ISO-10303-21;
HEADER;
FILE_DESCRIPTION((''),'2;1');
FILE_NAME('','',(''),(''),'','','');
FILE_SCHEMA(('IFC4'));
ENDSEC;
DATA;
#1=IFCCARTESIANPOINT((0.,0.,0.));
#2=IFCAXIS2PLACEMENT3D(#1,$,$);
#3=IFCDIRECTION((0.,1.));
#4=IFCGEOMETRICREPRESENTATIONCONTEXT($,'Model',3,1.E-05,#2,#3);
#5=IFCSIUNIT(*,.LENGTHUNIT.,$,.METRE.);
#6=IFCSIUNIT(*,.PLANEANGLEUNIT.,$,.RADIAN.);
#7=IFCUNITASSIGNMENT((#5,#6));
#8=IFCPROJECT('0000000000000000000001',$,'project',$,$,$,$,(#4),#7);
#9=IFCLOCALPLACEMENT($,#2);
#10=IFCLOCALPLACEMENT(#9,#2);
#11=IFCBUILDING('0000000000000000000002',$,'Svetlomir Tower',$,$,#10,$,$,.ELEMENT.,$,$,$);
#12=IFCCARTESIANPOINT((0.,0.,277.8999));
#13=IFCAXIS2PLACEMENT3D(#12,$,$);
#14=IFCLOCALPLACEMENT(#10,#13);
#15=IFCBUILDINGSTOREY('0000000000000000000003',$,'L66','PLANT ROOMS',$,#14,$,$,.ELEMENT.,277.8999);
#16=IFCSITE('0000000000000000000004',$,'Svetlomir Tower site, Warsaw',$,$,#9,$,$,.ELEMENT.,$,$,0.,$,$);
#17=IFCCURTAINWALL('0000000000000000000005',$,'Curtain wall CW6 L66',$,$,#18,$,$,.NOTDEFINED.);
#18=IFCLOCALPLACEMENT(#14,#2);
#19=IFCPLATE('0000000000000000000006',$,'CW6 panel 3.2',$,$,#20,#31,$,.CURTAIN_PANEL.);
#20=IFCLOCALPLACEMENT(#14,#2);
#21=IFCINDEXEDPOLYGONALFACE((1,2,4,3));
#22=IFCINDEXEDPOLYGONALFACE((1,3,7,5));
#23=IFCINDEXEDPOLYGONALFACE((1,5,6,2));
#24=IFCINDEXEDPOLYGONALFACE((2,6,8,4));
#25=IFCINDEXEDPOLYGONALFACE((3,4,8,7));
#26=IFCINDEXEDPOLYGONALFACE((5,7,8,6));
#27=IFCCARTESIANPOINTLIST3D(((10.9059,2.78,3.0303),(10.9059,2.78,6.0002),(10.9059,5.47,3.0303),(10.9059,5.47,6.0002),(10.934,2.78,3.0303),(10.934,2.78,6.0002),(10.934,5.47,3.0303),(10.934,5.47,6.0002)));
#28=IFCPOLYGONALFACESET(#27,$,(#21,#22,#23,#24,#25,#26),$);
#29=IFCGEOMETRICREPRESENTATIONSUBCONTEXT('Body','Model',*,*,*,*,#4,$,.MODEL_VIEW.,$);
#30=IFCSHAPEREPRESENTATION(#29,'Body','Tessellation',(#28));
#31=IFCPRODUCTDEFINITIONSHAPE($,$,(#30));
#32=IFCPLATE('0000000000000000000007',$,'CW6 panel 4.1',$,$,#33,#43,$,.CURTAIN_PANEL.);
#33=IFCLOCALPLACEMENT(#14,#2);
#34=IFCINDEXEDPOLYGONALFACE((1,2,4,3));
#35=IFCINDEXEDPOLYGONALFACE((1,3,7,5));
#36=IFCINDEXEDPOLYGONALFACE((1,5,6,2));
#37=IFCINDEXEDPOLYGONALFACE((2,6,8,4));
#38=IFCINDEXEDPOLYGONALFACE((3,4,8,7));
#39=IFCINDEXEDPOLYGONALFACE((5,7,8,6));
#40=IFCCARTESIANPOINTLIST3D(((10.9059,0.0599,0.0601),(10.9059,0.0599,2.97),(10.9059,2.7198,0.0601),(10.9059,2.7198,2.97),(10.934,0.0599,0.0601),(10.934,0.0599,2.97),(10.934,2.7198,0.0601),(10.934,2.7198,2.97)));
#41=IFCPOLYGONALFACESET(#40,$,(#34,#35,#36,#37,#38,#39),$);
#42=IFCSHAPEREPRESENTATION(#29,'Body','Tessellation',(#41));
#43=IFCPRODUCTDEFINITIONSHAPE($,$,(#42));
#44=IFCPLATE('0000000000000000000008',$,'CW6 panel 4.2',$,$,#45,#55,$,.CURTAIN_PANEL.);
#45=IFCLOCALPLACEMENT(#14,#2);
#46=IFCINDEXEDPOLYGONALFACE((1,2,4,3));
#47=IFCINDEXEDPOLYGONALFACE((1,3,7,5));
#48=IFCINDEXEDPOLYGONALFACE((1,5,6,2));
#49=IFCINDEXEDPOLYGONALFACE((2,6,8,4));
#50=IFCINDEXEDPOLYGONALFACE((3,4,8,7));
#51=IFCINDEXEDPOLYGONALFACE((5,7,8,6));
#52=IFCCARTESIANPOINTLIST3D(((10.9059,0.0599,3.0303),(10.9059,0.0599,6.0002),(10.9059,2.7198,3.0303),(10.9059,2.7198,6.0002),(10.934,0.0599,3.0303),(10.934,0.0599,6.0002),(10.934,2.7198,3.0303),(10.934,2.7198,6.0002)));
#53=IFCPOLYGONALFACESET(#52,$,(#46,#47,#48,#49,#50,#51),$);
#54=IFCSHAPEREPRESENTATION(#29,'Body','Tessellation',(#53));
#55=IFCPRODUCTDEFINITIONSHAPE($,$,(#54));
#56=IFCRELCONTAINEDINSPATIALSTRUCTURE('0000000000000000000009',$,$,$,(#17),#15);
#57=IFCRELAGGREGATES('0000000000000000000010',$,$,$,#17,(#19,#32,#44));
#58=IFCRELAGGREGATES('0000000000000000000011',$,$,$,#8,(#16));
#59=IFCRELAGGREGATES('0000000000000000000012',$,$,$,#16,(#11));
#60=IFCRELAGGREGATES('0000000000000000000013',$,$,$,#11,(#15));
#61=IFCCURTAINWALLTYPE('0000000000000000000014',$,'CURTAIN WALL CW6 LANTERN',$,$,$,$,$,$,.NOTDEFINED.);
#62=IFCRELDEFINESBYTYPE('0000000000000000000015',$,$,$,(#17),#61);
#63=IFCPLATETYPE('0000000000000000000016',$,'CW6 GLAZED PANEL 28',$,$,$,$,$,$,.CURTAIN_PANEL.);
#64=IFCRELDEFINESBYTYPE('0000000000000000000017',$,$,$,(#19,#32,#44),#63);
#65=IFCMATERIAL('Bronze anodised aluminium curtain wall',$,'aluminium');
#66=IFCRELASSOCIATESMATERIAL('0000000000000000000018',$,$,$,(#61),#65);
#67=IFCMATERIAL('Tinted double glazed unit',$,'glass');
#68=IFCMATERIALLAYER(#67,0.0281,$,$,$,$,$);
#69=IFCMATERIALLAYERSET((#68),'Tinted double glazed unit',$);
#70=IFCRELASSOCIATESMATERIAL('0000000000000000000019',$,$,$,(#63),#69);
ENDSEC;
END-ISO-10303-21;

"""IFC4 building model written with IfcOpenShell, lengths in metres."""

from ifc_helpers import new_model, si_unit, direction, frame, origin, origin_2d, place, context, subcontext, project, spatial, rectangle, extrude, material, layer, layer_set, type_object, element, aggregate, save


model = new_model("IFC4")

# Units and contexts
model_context = context("Model", 3, precision=1e-05, world=origin(), true_north=direction((0.0, 1.0)))
body_context = subcontext(model_context, "Body", "Model", "MODEL_VIEW")
ifc_project = project(units=[si_unit("LENGTHUNIT", "METRE"), si_unit("PLANEANGLEUNIT", "RADIAN")], contexts=[model_context])

# Site, building, storey
site_placement = place(None, origin())
site = spatial("IfcSite", under=ifc_project, at=site_placement, Name="Svetlomir Tower site, Warsaw", CompositionType="ELEMENT", RefElevation=0.0)
building_placement = place(site_placement, origin())
building = spatial("IfcBuilding", under=site, at=building_placement, Name="Svetlomir Tower", CompositionType="ELEMENT")
storey_placement = place(building_placement, frame((0.0, 0.0, 277.8999)))
storey = spatial("IfcBuildingStorey", under=building, at=storey_placement, Name="L66", Description="PLANT ROOMS", CompositionType="ELEMENT", Elevation=277.8999)

# Curtain wall
ifc_material_1 = material(Name="Bronze anodised aluminium curtain wall", Category="aluminium")
curtain_wall_type = type_object("IfcCurtainWallType", Name="CURTAIN WALL CW6 LANTERN", PredefinedType="NOTDEFINED", material=ifc_material_1)
curtain_wall_1_placement = place(storey_placement, origin())
curtain_wall_1 = element("IfcCurtainWall", 1, at=curtain_wall_1_placement, inside=storey, type_object=curtain_wall_type, Name="Curtain wall CW6 L66", PredefinedType="NOTDEFINED")

# Plates
ifc_material_2 = material(Name="Tinted double glazed unit", Category="glass")
ifc_layer = layer(ifc_material_2, 0.0281)
ifc_layer_set = layer_set([ifc_layer], Name="Tinted double glazed unit")
plate_type = type_object("IfcPlateType", Name="CW6 GLAZED PANEL 28", PredefinedType="CURTAIN_PANEL", material=ifc_layer_set)
plate_1_placement = place(storey_placement, frame((10.9199, 4.125, 3.0303), z_axis=(0.0, 0.0, 1.0), x_axis=(0.0, -1.0, 0.0)))
plate_1 = element("IfcPlate", 2, at=plate_1_placement, type_object=plate_type, Name="CW6 panel 3.2", PredefinedType="CURTAIN_PANEL", context=body_context, shape_type="SweptSolid", body=[
    extrude(rectangle(XDim=2.6899, YDim=0.0281, at=origin_2d()), origin(), (0.0, 0.0, 1.0), 2.97),
])
plate_2_placement = place(storey_placement, frame((10.9199, 1.3899, 0.0601), z_axis=(0.0, 0.0, 1.0), x_axis=(0.0, -1.0, 0.0)))
plate_2 = element("IfcPlate", 3, at=plate_2_placement, type_object=plate_type, Name="CW6 panel 4.1", PredefinedType="CURTAIN_PANEL", context=body_context, shape_type="SweptSolid", body=[
    extrude(rectangle(XDim=2.6599, YDim=0.0281, at=origin_2d()), origin(), (0.0, 0.0, 1.0), 2.9099),
])
plate_3_placement = place(storey_placement, frame((10.9199, 1.3899, 3.0303), z_axis=(0.0, 0.0, 1.0), x_axis=(0.0, -1.0, 0.0)))
plate_3 = element("IfcPlate", 4, at=plate_3_placement, type_object=plate_type, Name="CW6 panel 4.2", PredefinedType="CURTAIN_PANEL", context=body_context, shape_type="SweptSolid", body=[
    extrude(rectangle(XDim=2.6599, YDim=0.0281, at=origin_2d()), origin(), (0.0, 0.0, 1.0), 2.97),
])
aggregate(curtain_wall_1, [plate_1, plate_2, plate_3])

save(model, "model.ifc")
